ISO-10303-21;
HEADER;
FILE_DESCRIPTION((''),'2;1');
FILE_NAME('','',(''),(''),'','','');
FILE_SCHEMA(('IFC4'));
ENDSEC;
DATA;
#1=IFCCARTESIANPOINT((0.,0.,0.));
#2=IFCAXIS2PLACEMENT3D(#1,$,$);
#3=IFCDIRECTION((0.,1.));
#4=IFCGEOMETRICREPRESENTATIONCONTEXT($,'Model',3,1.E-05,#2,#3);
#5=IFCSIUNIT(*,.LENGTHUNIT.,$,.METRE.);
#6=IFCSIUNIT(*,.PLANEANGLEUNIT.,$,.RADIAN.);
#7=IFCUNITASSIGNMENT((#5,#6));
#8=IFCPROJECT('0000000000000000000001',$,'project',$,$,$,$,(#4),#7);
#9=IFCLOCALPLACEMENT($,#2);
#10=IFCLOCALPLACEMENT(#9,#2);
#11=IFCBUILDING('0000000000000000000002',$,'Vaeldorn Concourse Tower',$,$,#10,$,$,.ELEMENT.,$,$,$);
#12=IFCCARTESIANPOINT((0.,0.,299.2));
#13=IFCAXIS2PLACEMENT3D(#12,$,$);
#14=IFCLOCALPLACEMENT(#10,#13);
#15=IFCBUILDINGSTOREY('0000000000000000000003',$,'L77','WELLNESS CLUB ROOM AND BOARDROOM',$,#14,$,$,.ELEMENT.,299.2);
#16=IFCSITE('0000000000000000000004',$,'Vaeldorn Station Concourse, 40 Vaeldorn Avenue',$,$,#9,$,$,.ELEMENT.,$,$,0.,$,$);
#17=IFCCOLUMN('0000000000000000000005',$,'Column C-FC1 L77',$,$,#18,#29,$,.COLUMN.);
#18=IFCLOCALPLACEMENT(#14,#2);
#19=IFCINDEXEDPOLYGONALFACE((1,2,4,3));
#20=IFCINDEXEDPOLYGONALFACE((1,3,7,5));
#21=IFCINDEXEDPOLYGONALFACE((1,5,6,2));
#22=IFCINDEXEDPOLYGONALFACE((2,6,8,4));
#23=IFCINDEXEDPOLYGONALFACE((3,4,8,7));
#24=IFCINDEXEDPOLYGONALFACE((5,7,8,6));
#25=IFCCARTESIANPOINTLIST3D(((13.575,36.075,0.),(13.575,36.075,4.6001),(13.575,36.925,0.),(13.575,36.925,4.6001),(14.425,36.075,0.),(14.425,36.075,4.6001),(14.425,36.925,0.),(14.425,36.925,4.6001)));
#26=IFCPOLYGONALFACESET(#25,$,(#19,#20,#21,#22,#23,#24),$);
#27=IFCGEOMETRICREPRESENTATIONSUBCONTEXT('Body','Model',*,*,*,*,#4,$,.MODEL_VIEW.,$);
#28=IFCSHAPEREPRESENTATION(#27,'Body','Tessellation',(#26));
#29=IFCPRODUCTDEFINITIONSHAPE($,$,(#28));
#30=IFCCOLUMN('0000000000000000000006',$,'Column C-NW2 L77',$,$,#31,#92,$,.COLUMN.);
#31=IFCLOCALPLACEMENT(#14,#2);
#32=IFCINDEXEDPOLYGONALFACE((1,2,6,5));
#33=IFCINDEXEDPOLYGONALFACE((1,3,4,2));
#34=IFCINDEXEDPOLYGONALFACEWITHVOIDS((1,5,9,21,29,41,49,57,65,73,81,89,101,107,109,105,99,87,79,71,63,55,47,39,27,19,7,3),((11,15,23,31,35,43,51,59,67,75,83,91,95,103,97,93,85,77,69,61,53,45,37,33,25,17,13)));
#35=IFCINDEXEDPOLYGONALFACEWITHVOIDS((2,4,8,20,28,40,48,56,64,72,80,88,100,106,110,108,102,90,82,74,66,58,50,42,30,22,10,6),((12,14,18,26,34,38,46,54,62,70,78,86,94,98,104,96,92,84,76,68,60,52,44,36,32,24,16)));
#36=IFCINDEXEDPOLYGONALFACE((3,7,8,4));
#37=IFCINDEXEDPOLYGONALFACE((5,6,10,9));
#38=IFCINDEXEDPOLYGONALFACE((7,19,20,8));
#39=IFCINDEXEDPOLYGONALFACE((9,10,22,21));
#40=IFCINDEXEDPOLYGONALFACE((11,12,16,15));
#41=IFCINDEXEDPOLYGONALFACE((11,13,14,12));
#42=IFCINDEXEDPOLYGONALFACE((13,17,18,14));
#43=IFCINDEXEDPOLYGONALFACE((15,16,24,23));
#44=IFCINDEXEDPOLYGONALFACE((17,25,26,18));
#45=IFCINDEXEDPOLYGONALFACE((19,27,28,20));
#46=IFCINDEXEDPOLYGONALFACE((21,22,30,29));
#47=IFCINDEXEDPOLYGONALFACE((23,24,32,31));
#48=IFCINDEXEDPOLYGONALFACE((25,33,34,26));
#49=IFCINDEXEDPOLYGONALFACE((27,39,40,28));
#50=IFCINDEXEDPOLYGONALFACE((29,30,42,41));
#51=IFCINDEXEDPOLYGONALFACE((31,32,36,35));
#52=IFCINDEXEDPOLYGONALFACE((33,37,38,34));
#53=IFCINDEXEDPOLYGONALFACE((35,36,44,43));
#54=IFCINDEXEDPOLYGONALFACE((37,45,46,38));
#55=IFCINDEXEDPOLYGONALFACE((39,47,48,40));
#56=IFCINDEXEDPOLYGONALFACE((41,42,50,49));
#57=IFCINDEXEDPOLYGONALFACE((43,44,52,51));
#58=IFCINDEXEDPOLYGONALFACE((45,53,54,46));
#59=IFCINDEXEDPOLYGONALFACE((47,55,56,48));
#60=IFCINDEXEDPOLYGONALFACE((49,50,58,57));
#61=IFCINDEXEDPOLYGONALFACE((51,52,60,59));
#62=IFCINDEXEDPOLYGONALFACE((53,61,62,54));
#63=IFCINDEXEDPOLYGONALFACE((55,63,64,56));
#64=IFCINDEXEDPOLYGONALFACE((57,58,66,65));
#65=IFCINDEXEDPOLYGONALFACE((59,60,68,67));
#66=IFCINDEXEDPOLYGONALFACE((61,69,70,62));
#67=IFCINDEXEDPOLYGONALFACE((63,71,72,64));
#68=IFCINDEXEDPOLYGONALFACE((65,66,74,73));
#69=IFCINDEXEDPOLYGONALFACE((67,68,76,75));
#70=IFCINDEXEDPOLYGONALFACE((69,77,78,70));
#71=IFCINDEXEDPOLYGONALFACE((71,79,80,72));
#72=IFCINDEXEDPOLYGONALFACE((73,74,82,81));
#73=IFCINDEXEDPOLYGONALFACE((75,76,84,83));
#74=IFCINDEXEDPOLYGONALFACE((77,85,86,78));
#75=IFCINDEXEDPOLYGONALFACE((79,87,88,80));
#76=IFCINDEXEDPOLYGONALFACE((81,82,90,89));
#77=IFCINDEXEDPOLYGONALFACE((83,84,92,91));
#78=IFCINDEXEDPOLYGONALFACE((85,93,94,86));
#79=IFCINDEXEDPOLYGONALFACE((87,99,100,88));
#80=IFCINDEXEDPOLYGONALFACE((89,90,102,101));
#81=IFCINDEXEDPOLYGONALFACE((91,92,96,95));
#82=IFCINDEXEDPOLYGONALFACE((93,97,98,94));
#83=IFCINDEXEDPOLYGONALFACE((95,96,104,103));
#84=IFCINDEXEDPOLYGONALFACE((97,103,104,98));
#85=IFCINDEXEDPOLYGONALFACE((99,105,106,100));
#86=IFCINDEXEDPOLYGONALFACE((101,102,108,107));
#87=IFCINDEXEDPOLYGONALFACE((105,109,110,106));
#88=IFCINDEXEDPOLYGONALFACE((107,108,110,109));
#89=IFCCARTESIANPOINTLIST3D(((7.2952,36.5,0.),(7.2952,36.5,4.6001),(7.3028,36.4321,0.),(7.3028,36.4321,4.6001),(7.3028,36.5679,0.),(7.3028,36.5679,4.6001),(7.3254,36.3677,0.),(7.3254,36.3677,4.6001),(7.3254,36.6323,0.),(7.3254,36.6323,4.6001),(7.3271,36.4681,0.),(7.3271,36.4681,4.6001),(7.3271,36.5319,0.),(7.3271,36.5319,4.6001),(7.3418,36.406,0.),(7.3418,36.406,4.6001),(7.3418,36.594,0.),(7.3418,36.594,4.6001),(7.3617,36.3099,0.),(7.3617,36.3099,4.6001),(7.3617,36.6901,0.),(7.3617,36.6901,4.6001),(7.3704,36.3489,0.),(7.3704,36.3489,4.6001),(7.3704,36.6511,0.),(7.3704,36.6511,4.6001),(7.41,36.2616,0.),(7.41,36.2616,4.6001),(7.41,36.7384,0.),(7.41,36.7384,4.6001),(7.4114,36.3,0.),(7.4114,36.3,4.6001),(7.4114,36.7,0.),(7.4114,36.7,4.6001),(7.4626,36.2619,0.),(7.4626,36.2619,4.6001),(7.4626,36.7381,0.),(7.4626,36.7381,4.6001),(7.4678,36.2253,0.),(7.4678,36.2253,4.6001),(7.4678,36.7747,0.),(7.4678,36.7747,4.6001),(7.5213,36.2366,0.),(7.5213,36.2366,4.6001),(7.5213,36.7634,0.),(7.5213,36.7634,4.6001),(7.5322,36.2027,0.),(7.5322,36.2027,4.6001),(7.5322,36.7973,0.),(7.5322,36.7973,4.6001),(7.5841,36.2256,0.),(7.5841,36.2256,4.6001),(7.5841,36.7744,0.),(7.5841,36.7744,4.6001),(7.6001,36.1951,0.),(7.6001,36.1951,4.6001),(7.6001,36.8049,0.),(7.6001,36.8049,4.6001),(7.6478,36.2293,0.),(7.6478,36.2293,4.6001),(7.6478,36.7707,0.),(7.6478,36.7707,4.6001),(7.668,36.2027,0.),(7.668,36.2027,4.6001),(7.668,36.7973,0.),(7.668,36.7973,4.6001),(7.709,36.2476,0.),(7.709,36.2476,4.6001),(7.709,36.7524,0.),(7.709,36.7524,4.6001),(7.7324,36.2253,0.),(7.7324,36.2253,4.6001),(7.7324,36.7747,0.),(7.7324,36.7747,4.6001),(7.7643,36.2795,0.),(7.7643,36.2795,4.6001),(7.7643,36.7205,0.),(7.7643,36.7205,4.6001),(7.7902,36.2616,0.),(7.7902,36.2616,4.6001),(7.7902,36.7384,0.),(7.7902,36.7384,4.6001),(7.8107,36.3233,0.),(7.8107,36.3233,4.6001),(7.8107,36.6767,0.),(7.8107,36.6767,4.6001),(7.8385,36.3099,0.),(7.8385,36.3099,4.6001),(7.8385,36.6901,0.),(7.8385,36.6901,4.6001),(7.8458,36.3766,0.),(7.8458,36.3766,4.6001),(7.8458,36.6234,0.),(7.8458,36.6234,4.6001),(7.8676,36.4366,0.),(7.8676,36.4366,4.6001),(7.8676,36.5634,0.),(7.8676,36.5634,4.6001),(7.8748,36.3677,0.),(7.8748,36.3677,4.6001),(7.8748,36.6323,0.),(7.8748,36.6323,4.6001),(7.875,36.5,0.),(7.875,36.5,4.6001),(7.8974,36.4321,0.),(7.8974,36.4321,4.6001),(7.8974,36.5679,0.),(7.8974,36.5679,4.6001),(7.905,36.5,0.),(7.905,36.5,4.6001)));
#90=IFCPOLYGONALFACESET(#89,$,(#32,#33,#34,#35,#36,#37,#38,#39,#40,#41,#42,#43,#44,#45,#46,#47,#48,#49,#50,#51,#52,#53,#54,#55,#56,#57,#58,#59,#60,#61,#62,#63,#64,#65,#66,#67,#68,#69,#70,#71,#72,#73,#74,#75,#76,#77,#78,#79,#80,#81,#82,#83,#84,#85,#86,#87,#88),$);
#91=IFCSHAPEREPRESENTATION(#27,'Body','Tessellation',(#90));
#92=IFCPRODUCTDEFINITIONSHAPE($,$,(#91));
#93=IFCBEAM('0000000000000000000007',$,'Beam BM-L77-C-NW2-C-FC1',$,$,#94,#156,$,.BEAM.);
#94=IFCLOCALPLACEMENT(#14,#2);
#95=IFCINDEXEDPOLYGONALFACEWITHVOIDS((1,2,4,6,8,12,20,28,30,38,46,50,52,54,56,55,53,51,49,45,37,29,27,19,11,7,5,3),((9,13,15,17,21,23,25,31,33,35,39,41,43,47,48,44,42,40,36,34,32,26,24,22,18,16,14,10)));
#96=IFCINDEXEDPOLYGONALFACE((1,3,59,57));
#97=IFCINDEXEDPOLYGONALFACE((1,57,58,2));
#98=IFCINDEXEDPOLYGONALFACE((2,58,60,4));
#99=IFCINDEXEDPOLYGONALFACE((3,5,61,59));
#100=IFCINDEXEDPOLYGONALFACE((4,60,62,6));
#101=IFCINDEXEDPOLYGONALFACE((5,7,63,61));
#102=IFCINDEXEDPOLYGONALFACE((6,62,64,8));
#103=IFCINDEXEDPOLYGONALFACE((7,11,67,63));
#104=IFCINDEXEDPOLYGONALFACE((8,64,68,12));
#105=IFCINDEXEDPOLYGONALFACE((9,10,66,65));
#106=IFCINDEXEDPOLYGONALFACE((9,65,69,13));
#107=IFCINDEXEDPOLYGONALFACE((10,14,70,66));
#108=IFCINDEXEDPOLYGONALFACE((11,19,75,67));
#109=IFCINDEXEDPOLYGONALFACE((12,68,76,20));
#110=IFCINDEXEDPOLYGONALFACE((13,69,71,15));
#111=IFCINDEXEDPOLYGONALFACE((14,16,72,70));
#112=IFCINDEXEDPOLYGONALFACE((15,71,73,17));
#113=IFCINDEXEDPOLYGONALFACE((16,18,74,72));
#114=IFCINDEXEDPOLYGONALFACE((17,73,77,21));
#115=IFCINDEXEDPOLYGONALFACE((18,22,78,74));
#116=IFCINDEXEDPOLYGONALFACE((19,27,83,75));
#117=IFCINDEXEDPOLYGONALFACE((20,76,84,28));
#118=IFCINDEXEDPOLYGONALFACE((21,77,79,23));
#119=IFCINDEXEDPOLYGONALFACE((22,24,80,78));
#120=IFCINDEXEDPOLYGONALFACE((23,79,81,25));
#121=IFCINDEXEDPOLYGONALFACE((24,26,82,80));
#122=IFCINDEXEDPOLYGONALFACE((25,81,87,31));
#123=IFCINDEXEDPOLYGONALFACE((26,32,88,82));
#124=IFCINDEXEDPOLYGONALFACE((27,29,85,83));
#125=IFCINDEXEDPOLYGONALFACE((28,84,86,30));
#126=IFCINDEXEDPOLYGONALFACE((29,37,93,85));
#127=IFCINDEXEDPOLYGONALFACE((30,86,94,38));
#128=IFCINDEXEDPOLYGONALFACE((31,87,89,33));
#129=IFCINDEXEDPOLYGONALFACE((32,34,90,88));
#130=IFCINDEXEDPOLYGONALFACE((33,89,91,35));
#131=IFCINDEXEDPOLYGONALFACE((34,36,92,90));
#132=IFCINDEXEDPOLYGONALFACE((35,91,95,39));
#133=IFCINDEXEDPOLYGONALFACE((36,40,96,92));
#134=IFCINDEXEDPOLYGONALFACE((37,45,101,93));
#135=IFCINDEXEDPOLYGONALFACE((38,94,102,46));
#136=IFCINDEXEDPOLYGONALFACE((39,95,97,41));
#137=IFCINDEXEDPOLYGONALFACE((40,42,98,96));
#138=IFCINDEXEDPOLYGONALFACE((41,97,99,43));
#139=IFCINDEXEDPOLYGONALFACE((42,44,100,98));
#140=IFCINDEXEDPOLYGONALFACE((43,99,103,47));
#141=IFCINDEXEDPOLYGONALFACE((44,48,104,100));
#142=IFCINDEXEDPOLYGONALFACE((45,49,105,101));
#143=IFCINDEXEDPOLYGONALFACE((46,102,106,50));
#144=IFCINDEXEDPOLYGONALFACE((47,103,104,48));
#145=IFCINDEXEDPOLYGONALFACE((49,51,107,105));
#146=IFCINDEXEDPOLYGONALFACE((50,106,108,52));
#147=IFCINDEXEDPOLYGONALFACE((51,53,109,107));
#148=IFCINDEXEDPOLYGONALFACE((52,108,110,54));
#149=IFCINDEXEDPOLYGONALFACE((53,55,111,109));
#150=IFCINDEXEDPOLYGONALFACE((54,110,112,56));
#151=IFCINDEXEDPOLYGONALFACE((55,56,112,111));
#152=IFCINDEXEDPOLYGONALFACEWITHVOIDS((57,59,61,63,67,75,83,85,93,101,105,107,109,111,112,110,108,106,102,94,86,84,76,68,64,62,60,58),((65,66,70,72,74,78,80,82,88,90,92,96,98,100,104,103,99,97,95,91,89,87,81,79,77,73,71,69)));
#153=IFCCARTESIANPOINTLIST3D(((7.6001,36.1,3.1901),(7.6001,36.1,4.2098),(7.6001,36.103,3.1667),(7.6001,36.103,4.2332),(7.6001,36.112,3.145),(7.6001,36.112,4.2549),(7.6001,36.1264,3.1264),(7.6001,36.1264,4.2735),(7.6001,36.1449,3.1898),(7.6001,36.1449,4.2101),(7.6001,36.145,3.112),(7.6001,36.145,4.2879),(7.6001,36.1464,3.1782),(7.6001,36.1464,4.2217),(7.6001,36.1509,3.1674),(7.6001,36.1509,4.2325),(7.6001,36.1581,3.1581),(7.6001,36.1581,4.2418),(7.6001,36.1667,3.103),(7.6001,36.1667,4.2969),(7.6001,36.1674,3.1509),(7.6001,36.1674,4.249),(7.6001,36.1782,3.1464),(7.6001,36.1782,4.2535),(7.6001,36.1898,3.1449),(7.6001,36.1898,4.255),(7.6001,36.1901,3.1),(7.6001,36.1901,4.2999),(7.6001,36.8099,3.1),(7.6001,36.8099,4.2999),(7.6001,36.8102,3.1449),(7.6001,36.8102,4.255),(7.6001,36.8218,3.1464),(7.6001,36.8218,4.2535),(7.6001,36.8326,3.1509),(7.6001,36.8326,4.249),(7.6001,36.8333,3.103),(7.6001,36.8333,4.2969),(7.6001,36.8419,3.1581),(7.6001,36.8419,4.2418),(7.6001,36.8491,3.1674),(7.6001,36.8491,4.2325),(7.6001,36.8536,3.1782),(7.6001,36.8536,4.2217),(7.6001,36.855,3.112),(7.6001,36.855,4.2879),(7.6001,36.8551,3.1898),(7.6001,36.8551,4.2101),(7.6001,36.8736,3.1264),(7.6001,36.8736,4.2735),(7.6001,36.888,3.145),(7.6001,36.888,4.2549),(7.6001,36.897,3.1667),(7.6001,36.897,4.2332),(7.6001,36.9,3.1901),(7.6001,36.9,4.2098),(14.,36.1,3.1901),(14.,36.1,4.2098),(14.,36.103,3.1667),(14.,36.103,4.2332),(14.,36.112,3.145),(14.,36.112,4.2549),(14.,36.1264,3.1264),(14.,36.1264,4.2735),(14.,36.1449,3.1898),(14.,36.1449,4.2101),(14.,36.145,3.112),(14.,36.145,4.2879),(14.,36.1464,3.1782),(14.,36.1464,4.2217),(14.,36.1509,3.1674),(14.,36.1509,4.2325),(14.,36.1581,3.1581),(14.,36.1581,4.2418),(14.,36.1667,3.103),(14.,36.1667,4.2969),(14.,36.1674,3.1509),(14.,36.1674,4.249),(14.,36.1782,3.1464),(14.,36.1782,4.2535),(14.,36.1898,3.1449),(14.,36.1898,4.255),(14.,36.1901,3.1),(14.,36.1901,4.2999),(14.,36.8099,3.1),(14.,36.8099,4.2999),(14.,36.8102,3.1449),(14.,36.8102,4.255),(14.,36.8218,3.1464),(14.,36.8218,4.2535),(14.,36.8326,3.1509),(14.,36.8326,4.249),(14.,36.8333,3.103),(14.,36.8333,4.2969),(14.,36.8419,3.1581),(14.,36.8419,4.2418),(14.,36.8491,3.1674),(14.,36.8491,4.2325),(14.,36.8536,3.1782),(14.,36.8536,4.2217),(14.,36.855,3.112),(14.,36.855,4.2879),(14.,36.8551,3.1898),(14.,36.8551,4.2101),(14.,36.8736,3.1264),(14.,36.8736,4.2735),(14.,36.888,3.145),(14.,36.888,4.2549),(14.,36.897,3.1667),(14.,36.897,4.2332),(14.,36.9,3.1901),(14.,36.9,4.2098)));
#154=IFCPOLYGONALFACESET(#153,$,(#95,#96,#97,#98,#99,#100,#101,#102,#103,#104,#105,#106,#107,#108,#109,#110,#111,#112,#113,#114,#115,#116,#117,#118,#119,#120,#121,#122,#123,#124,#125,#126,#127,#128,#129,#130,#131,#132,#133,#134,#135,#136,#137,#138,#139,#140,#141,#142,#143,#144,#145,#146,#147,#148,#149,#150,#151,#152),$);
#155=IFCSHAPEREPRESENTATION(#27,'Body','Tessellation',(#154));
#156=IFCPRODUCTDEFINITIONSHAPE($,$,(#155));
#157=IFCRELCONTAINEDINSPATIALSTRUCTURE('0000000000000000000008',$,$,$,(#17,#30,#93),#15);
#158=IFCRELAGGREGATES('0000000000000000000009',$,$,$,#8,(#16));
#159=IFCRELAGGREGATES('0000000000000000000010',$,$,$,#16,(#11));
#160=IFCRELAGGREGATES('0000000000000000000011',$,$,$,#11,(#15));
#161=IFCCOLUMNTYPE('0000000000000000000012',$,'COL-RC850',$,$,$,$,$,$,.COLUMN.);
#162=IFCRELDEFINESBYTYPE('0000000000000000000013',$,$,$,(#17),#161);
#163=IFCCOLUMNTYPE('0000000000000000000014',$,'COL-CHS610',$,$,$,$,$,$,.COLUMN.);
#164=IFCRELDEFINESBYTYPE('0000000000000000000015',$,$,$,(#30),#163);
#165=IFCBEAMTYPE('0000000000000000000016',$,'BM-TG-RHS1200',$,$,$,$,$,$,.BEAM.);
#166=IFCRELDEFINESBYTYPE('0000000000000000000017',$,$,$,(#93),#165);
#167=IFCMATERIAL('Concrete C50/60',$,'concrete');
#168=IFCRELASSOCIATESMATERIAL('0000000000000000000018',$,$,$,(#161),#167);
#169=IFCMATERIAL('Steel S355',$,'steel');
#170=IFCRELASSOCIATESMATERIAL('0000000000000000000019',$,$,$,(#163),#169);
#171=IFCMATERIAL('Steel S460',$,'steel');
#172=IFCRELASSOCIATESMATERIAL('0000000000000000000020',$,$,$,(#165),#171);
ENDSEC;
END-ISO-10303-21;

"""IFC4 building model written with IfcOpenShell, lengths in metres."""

from ifc_helpers import new_model, si_unit, direction, frame, origin, origin_2d, place, context, subcontext, project, spatial, rectangle, hollow_rectangle, hollow_circle, extrude, source, transform, mapped, material, material_profile, profile_set, type_object, element, save


model = new_model("IFC4")

# Units and contexts
model_context = context("Model", 3, precision=1e-05, world=origin(), true_north=direction((0.0, 1.0)))
body_context = subcontext(model_context, "Body", "Model", "MODEL_VIEW")
ifc_project = project(units=[si_unit("LENGTHUNIT", "METRE"), si_unit("PLANEANGLEUNIT", "RADIAN")], contexts=[model_context])

# Site, building, storey
site_placement = place(None, origin())
site = spatial("IfcSite", under=ifc_project, at=site_placement, Name="Vaeldorn Station Concourse, 40 Vaeldorn Avenue", CompositionType="ELEMENT", RefElevation=0.0)
building_placement = place(site_placement, origin())
building = spatial("IfcBuilding", under=site, at=building_placement, Name="Vaeldorn Concourse Tower", CompositionType="ELEMENT")
storey_placement = place(building_placement, frame((0.0, 0.0, 299.2)))
storey = spatial("IfcBuildingStorey", under=building, at=storey_placement, Name="L77", Description="WELLNESS CLUB ROOM AND BOARDROOM", CompositionType="ELEMENT", Elevation=299.2)

# Columns
ifc_material_1 = material(Name="Concrete C50/60", Category="concrete")
ifc_material_profile_1 = material_profile(ifc_material_1, rectangle(XDim=0.8501, YDim=0.8501, at=origin_2d()), Name="RC 850x850")
ifc_profile_set_1 = profile_set([ifc_material_profile_1], Name="Concrete C50/60")
column_type_1 = type_object("IfcColumnType", Name="COL-RC850", PredefinedType="COLUMN", material=ifc_profile_set_1)
shared_shape_1 = source(origin(), body_context, "Body", "SweptSolid", [
    extrude(rectangle(XDim=0.8501, YDim=0.8501, at=origin_2d()), origin(), (0.0, 0.0, 1.0), 4.6001),
])
column_1_placement = place(storey_placement, frame((14.0, 36.5, 0.0), z_axis=(0.0, 0.0, 1.0), x_axis=(1.0, 0.0, 0.0)))
element("IfcColumn", 1, at=column_1_placement, inside=storey, type_object=column_type_1, Name="Column C-FC1 L77", PredefinedType="COLUMN", context=body_context, shape_type="MappedRepresentation", body=[
    mapped(shared_shape_1, transform((0.0, 0.0, 0.0), scale=1.0)),
])
ifc_material_2 = material(Name="Steel S355", Category="steel")
ifc_material_profile_2 = material_profile(ifc_material_2, hollow_circle(Radius=0.3049, WallThickness=0.03, at=origin_2d()), Name="CHS 610x30")
ifc_profile_set_2 = profile_set([ifc_material_profile_2], Name="Steel S355")
column_type_2 = type_object("IfcColumnType", Name="COL-CHS610", PredefinedType="COLUMN", material=ifc_profile_set_2)
shared_shape_2 = source(origin(), body_context, "Body", "SweptSolid", [
    extrude(hollow_circle(Radius=0.3049, WallThickness=0.03, at=origin_2d()), origin(), (0.0, 0.0, 1.0), 4.6001),
])
column_2_placement = place(storey_placement, frame((7.6001, 36.5, 0.0), z_axis=(0.0, 0.0, 1.0), x_axis=(1.0, 0.0, 0.0)))
element("IfcColumn", 2, at=column_2_placement, inside=storey, type_object=column_type_2, Name="Column C-NW2 L77", PredefinedType="COLUMN", context=body_context, shape_type="MappedRepresentation", body=[
    mapped(shared_shape_2, transform((0.0, 0.0, 0.0), scale=1.0)),
])

# Beam
ifc_material_3 = material(Name="Steel S460", Category="steel")
ifc_material_profile_3 = material_profile(ifc_material_3, hollow_rectangle(XDim=0.8, YDim=1.2, WallThickness=0.0449, InnerFilletRadius=0.0449, OuterFilletRadius=0.0901, at=origin_2d()), Name="RHS 1200x800x45")
ifc_profile_set_3 = profile_set([ifc_material_profile_3], Name="Steel S460")
beam_type_1 = type_object("IfcBeamType", Name="BM-TG-RHS1200", PredefinedType="BEAM", material=ifc_profile_set_3)
shared_shape_3 = source(origin(), body_context, "Body", "SweptSolid", [
    extrude(hollow_rectangle(XDim=0.8, YDim=1.2, WallThickness=0.0449, InnerFilletRadius=0.0449, OuterFilletRadius=0.0901, at=origin_2d()), origin(), (0.0, 0.0, 1.0), 6.3999),
])
beam_1_placement = place(storey_placement, frame((7.6001, 36.5, 3.7), z_axis=(1.0, 0.0, 0.0), x_axis=(0.0, 1.0, 0.0)))
element("IfcBeam", 3, at=beam_1_placement, inside=storey, type_object=beam_type_1, Name="Beam BM-L77-C-NW2-C-FC1", PredefinedType="BEAM", context=body_context, shape_type="MappedRepresentation", body=[
    mapped(shared_shape_3, transform((0.0, 0.0, 0.0), scale=1.0)),
])

save(model, "model.ifc")
